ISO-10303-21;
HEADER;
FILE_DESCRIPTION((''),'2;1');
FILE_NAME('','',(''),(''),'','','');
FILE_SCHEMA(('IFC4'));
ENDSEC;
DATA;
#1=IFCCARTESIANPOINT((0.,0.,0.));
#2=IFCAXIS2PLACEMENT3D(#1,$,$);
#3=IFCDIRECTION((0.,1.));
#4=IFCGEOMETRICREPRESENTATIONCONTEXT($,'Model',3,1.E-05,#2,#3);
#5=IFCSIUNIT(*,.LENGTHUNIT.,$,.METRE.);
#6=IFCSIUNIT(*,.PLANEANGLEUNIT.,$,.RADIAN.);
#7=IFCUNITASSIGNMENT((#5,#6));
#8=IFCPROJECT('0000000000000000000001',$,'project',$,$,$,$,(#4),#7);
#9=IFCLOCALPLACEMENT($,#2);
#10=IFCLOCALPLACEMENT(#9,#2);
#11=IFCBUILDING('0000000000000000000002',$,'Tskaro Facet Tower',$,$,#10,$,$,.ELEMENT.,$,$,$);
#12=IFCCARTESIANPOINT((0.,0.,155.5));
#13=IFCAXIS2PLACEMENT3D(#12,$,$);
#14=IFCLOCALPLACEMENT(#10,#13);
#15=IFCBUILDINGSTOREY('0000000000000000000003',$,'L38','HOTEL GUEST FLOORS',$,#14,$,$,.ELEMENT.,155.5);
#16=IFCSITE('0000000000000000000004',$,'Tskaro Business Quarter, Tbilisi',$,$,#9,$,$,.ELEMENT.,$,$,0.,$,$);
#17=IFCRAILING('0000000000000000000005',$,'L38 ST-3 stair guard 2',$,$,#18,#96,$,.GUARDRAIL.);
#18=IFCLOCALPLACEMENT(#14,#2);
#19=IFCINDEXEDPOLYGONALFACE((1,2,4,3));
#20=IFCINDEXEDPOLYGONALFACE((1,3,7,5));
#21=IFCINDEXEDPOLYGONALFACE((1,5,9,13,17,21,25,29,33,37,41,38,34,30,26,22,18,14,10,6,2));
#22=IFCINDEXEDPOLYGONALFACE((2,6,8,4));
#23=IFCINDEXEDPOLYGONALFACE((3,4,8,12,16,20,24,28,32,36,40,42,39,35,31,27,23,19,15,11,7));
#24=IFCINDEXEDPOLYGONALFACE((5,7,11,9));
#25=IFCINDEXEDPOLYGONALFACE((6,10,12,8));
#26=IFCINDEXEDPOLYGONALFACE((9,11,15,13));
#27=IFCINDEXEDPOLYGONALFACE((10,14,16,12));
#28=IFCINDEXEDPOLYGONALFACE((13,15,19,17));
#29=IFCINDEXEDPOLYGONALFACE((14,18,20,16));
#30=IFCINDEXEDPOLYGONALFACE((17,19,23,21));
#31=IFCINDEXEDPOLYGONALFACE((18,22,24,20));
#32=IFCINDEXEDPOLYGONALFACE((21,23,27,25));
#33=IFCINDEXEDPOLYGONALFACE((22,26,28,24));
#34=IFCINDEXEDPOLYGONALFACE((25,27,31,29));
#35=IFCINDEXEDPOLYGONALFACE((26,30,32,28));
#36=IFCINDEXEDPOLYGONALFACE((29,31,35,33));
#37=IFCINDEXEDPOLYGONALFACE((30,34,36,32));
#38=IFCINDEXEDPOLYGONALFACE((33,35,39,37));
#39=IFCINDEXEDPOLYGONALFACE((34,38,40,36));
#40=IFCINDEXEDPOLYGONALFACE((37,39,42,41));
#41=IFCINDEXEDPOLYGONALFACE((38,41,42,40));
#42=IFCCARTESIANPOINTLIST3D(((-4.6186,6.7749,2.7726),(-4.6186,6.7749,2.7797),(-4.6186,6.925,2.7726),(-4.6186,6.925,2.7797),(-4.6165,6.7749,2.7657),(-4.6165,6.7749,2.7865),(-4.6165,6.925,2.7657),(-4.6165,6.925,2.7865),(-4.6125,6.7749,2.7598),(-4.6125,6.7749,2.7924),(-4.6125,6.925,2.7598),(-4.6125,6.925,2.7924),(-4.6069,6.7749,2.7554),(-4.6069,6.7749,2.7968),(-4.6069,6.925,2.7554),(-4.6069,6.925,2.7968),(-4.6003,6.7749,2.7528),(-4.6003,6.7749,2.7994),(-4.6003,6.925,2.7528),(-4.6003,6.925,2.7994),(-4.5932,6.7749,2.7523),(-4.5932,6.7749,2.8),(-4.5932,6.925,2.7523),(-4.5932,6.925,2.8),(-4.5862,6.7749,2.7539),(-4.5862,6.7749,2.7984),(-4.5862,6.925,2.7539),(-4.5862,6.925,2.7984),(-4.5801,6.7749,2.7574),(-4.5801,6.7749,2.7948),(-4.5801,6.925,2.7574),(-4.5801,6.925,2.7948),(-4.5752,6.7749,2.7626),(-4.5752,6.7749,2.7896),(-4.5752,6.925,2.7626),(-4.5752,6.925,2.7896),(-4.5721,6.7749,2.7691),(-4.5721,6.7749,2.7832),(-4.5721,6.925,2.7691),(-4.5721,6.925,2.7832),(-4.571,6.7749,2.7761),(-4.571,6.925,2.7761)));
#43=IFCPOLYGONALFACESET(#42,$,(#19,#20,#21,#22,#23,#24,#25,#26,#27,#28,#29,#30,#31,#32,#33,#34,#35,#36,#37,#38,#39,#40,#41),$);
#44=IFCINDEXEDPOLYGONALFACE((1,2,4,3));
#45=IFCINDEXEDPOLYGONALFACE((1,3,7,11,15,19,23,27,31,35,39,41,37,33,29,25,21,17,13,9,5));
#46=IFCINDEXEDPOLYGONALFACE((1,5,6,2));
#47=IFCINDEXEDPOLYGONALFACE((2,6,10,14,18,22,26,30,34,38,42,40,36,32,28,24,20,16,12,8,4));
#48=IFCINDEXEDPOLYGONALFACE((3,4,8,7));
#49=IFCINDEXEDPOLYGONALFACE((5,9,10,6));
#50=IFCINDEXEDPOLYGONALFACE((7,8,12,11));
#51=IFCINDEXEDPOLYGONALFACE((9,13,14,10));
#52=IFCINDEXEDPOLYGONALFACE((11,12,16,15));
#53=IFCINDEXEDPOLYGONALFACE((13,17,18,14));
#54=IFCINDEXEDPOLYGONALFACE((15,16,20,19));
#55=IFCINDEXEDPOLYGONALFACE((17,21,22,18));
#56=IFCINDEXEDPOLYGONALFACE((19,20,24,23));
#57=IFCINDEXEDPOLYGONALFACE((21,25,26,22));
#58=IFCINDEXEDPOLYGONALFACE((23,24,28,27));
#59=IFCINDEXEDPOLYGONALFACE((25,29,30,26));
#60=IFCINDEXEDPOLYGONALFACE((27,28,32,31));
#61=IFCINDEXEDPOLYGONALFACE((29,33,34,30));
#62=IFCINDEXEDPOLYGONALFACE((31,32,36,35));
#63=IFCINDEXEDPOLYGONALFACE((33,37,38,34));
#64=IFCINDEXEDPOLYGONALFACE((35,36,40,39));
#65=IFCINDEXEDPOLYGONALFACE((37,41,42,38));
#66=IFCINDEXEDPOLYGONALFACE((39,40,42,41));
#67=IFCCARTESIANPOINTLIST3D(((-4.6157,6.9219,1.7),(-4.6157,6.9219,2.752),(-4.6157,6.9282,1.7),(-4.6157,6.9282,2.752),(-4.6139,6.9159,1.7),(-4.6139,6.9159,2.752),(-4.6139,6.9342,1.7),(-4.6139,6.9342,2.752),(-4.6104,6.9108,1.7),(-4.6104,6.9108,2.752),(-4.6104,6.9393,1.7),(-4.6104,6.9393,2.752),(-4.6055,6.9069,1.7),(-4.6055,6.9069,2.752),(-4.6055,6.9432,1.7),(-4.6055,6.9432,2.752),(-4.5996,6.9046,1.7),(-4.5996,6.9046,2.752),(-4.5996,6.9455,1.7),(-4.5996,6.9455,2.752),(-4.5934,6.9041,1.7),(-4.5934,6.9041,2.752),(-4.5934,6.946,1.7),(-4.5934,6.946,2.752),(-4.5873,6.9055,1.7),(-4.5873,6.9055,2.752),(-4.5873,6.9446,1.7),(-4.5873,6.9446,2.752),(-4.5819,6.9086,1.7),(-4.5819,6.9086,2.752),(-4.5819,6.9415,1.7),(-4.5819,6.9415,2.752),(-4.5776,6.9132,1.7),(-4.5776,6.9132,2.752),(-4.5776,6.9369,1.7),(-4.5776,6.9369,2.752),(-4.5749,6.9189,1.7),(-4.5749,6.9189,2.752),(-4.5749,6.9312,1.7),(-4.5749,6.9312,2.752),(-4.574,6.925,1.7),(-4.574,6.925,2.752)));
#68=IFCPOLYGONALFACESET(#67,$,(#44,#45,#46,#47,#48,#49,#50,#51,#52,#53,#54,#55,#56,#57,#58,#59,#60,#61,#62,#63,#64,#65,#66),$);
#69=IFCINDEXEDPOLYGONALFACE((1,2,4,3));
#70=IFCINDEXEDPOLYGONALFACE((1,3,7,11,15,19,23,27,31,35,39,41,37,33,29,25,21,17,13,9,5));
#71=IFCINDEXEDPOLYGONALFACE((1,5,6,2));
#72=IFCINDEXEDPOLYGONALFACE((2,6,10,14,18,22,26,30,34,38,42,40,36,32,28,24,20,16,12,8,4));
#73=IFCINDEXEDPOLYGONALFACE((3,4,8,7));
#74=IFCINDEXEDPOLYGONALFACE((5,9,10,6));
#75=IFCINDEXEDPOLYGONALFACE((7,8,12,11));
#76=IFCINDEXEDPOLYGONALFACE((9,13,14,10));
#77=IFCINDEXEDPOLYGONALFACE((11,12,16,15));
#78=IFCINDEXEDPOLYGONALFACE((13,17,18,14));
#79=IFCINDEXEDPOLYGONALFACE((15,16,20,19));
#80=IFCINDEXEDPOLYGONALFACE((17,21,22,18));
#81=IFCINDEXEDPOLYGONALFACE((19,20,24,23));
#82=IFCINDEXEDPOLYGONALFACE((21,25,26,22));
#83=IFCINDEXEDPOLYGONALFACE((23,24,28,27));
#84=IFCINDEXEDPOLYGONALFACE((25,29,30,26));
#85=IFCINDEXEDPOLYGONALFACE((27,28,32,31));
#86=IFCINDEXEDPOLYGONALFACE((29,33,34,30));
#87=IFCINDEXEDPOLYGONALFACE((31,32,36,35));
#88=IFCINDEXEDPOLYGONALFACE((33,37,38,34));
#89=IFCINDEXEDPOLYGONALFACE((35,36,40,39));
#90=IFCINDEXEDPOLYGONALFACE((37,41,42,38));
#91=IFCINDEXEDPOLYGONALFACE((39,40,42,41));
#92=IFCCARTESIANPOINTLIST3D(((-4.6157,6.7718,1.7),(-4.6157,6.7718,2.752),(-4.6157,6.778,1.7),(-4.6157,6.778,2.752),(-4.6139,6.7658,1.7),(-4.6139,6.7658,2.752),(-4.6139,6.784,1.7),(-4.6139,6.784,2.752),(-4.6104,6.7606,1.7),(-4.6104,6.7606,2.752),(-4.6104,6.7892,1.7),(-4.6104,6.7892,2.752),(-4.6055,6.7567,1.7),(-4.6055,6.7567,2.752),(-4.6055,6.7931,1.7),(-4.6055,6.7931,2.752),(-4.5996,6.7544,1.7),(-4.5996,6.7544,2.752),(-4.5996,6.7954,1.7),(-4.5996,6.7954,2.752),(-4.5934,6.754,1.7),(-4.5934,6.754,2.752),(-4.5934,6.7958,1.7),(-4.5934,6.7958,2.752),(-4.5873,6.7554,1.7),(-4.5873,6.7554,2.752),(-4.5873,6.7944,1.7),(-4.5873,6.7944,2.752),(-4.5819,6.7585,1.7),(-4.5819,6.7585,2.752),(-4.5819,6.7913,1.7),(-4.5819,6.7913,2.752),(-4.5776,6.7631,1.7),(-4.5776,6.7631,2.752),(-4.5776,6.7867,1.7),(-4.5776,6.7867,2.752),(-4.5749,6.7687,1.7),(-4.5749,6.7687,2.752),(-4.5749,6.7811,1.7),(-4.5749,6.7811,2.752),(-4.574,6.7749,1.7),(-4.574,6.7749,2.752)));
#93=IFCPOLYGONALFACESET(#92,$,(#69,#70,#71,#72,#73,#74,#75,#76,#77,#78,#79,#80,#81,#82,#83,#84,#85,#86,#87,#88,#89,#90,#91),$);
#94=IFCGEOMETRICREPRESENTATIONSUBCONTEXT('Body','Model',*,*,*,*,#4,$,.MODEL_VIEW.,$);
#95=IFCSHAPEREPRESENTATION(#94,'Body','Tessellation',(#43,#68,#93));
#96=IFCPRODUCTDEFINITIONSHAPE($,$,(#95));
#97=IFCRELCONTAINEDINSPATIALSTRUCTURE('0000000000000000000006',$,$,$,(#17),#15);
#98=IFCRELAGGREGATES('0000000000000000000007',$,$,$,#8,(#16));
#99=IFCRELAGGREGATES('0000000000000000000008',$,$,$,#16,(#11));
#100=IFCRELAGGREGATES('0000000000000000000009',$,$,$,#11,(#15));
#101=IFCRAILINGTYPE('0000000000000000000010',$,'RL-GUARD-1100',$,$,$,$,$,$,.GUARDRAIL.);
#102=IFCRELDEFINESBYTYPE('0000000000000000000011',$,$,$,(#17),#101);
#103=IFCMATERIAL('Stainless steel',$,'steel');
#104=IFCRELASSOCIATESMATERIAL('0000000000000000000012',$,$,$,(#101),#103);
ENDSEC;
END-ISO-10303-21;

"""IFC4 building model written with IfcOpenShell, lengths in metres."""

from ifc_helpers import new_model, si_unit, direction, frame, origin, origin_2d, place, context, subcontext, project, spatial, circle, extrude, material, type_object, element, save


model = new_model("IFC4")

# Units and contexts
model_context = context("Model", 3, precision=1e-05, world=origin(), true_north=direction((0.0, 1.0)))
body_context = subcontext(model_context, "Body", "Model", "MODEL_VIEW")
ifc_project = project(units=[si_unit("LENGTHUNIT", "METRE"), si_unit("PLANEANGLEUNIT", "RADIAN")], contexts=[model_context])

# Site, building, storey
site_placement = place(None, origin())
site = spatial("IfcSite", under=ifc_project, at=site_placement, Name="Tskaro Business Quarter, Tbilisi", CompositionType="ELEMENT", RefElevation=0.0)
building_placement = place(site_placement, origin())
building = spatial("IfcBuilding", under=site, at=building_placement, Name="Tskaro Facet Tower", CompositionType="ELEMENT")
storey_placement = place(building_placement, frame((0.0, 0.0, 155.5)))
storey = spatial("IfcBuildingStorey", under=building, at=storey_placement, Name="L38", Description="HOTEL GUEST FLOORS", CompositionType="ELEMENT", Elevation=155.5)

# Railing
ifc_material_1 = material(Name="Stainless steel", Category="steel")
railing_type_1 = type_object("IfcRailingType", Name="RL-GUARD-1100", PredefinedType="GUARDRAIL", material=ifc_material_1)
railing_1_placement = place(storey_placement, frame((-4.595, 6.925, 1.7)))
element("IfcRailing", 1, at=railing_1_placement, inside=storey, type_object=railing_type_1, Name="L38 ST-3 stair guard 2", PredefinedType="GUARDRAIL", context=body_context, shape_type="SweptSolid", body=[
    extrude(circle(Radius=0.0239, at=origin_2d()), frame((0.0, 0.0, 1.0762), z_axis=(0.0, -1.0, 0.0), x_axis=(1.0, 0.0, 0.0)), (0.0, 0.0, 1.0), 0.1501),
    extrude(circle(Radius=0.021, at=origin_2d()), origin(), (0.0, 0.0, 1.0), 1.052),
    extrude(circle(Radius=0.021, at=origin_2d()), frame((0.0, -0.1501, 0.0)), (0.0, 0.0, 1.0), 1.052),
])

save(model, "model.ifc")
